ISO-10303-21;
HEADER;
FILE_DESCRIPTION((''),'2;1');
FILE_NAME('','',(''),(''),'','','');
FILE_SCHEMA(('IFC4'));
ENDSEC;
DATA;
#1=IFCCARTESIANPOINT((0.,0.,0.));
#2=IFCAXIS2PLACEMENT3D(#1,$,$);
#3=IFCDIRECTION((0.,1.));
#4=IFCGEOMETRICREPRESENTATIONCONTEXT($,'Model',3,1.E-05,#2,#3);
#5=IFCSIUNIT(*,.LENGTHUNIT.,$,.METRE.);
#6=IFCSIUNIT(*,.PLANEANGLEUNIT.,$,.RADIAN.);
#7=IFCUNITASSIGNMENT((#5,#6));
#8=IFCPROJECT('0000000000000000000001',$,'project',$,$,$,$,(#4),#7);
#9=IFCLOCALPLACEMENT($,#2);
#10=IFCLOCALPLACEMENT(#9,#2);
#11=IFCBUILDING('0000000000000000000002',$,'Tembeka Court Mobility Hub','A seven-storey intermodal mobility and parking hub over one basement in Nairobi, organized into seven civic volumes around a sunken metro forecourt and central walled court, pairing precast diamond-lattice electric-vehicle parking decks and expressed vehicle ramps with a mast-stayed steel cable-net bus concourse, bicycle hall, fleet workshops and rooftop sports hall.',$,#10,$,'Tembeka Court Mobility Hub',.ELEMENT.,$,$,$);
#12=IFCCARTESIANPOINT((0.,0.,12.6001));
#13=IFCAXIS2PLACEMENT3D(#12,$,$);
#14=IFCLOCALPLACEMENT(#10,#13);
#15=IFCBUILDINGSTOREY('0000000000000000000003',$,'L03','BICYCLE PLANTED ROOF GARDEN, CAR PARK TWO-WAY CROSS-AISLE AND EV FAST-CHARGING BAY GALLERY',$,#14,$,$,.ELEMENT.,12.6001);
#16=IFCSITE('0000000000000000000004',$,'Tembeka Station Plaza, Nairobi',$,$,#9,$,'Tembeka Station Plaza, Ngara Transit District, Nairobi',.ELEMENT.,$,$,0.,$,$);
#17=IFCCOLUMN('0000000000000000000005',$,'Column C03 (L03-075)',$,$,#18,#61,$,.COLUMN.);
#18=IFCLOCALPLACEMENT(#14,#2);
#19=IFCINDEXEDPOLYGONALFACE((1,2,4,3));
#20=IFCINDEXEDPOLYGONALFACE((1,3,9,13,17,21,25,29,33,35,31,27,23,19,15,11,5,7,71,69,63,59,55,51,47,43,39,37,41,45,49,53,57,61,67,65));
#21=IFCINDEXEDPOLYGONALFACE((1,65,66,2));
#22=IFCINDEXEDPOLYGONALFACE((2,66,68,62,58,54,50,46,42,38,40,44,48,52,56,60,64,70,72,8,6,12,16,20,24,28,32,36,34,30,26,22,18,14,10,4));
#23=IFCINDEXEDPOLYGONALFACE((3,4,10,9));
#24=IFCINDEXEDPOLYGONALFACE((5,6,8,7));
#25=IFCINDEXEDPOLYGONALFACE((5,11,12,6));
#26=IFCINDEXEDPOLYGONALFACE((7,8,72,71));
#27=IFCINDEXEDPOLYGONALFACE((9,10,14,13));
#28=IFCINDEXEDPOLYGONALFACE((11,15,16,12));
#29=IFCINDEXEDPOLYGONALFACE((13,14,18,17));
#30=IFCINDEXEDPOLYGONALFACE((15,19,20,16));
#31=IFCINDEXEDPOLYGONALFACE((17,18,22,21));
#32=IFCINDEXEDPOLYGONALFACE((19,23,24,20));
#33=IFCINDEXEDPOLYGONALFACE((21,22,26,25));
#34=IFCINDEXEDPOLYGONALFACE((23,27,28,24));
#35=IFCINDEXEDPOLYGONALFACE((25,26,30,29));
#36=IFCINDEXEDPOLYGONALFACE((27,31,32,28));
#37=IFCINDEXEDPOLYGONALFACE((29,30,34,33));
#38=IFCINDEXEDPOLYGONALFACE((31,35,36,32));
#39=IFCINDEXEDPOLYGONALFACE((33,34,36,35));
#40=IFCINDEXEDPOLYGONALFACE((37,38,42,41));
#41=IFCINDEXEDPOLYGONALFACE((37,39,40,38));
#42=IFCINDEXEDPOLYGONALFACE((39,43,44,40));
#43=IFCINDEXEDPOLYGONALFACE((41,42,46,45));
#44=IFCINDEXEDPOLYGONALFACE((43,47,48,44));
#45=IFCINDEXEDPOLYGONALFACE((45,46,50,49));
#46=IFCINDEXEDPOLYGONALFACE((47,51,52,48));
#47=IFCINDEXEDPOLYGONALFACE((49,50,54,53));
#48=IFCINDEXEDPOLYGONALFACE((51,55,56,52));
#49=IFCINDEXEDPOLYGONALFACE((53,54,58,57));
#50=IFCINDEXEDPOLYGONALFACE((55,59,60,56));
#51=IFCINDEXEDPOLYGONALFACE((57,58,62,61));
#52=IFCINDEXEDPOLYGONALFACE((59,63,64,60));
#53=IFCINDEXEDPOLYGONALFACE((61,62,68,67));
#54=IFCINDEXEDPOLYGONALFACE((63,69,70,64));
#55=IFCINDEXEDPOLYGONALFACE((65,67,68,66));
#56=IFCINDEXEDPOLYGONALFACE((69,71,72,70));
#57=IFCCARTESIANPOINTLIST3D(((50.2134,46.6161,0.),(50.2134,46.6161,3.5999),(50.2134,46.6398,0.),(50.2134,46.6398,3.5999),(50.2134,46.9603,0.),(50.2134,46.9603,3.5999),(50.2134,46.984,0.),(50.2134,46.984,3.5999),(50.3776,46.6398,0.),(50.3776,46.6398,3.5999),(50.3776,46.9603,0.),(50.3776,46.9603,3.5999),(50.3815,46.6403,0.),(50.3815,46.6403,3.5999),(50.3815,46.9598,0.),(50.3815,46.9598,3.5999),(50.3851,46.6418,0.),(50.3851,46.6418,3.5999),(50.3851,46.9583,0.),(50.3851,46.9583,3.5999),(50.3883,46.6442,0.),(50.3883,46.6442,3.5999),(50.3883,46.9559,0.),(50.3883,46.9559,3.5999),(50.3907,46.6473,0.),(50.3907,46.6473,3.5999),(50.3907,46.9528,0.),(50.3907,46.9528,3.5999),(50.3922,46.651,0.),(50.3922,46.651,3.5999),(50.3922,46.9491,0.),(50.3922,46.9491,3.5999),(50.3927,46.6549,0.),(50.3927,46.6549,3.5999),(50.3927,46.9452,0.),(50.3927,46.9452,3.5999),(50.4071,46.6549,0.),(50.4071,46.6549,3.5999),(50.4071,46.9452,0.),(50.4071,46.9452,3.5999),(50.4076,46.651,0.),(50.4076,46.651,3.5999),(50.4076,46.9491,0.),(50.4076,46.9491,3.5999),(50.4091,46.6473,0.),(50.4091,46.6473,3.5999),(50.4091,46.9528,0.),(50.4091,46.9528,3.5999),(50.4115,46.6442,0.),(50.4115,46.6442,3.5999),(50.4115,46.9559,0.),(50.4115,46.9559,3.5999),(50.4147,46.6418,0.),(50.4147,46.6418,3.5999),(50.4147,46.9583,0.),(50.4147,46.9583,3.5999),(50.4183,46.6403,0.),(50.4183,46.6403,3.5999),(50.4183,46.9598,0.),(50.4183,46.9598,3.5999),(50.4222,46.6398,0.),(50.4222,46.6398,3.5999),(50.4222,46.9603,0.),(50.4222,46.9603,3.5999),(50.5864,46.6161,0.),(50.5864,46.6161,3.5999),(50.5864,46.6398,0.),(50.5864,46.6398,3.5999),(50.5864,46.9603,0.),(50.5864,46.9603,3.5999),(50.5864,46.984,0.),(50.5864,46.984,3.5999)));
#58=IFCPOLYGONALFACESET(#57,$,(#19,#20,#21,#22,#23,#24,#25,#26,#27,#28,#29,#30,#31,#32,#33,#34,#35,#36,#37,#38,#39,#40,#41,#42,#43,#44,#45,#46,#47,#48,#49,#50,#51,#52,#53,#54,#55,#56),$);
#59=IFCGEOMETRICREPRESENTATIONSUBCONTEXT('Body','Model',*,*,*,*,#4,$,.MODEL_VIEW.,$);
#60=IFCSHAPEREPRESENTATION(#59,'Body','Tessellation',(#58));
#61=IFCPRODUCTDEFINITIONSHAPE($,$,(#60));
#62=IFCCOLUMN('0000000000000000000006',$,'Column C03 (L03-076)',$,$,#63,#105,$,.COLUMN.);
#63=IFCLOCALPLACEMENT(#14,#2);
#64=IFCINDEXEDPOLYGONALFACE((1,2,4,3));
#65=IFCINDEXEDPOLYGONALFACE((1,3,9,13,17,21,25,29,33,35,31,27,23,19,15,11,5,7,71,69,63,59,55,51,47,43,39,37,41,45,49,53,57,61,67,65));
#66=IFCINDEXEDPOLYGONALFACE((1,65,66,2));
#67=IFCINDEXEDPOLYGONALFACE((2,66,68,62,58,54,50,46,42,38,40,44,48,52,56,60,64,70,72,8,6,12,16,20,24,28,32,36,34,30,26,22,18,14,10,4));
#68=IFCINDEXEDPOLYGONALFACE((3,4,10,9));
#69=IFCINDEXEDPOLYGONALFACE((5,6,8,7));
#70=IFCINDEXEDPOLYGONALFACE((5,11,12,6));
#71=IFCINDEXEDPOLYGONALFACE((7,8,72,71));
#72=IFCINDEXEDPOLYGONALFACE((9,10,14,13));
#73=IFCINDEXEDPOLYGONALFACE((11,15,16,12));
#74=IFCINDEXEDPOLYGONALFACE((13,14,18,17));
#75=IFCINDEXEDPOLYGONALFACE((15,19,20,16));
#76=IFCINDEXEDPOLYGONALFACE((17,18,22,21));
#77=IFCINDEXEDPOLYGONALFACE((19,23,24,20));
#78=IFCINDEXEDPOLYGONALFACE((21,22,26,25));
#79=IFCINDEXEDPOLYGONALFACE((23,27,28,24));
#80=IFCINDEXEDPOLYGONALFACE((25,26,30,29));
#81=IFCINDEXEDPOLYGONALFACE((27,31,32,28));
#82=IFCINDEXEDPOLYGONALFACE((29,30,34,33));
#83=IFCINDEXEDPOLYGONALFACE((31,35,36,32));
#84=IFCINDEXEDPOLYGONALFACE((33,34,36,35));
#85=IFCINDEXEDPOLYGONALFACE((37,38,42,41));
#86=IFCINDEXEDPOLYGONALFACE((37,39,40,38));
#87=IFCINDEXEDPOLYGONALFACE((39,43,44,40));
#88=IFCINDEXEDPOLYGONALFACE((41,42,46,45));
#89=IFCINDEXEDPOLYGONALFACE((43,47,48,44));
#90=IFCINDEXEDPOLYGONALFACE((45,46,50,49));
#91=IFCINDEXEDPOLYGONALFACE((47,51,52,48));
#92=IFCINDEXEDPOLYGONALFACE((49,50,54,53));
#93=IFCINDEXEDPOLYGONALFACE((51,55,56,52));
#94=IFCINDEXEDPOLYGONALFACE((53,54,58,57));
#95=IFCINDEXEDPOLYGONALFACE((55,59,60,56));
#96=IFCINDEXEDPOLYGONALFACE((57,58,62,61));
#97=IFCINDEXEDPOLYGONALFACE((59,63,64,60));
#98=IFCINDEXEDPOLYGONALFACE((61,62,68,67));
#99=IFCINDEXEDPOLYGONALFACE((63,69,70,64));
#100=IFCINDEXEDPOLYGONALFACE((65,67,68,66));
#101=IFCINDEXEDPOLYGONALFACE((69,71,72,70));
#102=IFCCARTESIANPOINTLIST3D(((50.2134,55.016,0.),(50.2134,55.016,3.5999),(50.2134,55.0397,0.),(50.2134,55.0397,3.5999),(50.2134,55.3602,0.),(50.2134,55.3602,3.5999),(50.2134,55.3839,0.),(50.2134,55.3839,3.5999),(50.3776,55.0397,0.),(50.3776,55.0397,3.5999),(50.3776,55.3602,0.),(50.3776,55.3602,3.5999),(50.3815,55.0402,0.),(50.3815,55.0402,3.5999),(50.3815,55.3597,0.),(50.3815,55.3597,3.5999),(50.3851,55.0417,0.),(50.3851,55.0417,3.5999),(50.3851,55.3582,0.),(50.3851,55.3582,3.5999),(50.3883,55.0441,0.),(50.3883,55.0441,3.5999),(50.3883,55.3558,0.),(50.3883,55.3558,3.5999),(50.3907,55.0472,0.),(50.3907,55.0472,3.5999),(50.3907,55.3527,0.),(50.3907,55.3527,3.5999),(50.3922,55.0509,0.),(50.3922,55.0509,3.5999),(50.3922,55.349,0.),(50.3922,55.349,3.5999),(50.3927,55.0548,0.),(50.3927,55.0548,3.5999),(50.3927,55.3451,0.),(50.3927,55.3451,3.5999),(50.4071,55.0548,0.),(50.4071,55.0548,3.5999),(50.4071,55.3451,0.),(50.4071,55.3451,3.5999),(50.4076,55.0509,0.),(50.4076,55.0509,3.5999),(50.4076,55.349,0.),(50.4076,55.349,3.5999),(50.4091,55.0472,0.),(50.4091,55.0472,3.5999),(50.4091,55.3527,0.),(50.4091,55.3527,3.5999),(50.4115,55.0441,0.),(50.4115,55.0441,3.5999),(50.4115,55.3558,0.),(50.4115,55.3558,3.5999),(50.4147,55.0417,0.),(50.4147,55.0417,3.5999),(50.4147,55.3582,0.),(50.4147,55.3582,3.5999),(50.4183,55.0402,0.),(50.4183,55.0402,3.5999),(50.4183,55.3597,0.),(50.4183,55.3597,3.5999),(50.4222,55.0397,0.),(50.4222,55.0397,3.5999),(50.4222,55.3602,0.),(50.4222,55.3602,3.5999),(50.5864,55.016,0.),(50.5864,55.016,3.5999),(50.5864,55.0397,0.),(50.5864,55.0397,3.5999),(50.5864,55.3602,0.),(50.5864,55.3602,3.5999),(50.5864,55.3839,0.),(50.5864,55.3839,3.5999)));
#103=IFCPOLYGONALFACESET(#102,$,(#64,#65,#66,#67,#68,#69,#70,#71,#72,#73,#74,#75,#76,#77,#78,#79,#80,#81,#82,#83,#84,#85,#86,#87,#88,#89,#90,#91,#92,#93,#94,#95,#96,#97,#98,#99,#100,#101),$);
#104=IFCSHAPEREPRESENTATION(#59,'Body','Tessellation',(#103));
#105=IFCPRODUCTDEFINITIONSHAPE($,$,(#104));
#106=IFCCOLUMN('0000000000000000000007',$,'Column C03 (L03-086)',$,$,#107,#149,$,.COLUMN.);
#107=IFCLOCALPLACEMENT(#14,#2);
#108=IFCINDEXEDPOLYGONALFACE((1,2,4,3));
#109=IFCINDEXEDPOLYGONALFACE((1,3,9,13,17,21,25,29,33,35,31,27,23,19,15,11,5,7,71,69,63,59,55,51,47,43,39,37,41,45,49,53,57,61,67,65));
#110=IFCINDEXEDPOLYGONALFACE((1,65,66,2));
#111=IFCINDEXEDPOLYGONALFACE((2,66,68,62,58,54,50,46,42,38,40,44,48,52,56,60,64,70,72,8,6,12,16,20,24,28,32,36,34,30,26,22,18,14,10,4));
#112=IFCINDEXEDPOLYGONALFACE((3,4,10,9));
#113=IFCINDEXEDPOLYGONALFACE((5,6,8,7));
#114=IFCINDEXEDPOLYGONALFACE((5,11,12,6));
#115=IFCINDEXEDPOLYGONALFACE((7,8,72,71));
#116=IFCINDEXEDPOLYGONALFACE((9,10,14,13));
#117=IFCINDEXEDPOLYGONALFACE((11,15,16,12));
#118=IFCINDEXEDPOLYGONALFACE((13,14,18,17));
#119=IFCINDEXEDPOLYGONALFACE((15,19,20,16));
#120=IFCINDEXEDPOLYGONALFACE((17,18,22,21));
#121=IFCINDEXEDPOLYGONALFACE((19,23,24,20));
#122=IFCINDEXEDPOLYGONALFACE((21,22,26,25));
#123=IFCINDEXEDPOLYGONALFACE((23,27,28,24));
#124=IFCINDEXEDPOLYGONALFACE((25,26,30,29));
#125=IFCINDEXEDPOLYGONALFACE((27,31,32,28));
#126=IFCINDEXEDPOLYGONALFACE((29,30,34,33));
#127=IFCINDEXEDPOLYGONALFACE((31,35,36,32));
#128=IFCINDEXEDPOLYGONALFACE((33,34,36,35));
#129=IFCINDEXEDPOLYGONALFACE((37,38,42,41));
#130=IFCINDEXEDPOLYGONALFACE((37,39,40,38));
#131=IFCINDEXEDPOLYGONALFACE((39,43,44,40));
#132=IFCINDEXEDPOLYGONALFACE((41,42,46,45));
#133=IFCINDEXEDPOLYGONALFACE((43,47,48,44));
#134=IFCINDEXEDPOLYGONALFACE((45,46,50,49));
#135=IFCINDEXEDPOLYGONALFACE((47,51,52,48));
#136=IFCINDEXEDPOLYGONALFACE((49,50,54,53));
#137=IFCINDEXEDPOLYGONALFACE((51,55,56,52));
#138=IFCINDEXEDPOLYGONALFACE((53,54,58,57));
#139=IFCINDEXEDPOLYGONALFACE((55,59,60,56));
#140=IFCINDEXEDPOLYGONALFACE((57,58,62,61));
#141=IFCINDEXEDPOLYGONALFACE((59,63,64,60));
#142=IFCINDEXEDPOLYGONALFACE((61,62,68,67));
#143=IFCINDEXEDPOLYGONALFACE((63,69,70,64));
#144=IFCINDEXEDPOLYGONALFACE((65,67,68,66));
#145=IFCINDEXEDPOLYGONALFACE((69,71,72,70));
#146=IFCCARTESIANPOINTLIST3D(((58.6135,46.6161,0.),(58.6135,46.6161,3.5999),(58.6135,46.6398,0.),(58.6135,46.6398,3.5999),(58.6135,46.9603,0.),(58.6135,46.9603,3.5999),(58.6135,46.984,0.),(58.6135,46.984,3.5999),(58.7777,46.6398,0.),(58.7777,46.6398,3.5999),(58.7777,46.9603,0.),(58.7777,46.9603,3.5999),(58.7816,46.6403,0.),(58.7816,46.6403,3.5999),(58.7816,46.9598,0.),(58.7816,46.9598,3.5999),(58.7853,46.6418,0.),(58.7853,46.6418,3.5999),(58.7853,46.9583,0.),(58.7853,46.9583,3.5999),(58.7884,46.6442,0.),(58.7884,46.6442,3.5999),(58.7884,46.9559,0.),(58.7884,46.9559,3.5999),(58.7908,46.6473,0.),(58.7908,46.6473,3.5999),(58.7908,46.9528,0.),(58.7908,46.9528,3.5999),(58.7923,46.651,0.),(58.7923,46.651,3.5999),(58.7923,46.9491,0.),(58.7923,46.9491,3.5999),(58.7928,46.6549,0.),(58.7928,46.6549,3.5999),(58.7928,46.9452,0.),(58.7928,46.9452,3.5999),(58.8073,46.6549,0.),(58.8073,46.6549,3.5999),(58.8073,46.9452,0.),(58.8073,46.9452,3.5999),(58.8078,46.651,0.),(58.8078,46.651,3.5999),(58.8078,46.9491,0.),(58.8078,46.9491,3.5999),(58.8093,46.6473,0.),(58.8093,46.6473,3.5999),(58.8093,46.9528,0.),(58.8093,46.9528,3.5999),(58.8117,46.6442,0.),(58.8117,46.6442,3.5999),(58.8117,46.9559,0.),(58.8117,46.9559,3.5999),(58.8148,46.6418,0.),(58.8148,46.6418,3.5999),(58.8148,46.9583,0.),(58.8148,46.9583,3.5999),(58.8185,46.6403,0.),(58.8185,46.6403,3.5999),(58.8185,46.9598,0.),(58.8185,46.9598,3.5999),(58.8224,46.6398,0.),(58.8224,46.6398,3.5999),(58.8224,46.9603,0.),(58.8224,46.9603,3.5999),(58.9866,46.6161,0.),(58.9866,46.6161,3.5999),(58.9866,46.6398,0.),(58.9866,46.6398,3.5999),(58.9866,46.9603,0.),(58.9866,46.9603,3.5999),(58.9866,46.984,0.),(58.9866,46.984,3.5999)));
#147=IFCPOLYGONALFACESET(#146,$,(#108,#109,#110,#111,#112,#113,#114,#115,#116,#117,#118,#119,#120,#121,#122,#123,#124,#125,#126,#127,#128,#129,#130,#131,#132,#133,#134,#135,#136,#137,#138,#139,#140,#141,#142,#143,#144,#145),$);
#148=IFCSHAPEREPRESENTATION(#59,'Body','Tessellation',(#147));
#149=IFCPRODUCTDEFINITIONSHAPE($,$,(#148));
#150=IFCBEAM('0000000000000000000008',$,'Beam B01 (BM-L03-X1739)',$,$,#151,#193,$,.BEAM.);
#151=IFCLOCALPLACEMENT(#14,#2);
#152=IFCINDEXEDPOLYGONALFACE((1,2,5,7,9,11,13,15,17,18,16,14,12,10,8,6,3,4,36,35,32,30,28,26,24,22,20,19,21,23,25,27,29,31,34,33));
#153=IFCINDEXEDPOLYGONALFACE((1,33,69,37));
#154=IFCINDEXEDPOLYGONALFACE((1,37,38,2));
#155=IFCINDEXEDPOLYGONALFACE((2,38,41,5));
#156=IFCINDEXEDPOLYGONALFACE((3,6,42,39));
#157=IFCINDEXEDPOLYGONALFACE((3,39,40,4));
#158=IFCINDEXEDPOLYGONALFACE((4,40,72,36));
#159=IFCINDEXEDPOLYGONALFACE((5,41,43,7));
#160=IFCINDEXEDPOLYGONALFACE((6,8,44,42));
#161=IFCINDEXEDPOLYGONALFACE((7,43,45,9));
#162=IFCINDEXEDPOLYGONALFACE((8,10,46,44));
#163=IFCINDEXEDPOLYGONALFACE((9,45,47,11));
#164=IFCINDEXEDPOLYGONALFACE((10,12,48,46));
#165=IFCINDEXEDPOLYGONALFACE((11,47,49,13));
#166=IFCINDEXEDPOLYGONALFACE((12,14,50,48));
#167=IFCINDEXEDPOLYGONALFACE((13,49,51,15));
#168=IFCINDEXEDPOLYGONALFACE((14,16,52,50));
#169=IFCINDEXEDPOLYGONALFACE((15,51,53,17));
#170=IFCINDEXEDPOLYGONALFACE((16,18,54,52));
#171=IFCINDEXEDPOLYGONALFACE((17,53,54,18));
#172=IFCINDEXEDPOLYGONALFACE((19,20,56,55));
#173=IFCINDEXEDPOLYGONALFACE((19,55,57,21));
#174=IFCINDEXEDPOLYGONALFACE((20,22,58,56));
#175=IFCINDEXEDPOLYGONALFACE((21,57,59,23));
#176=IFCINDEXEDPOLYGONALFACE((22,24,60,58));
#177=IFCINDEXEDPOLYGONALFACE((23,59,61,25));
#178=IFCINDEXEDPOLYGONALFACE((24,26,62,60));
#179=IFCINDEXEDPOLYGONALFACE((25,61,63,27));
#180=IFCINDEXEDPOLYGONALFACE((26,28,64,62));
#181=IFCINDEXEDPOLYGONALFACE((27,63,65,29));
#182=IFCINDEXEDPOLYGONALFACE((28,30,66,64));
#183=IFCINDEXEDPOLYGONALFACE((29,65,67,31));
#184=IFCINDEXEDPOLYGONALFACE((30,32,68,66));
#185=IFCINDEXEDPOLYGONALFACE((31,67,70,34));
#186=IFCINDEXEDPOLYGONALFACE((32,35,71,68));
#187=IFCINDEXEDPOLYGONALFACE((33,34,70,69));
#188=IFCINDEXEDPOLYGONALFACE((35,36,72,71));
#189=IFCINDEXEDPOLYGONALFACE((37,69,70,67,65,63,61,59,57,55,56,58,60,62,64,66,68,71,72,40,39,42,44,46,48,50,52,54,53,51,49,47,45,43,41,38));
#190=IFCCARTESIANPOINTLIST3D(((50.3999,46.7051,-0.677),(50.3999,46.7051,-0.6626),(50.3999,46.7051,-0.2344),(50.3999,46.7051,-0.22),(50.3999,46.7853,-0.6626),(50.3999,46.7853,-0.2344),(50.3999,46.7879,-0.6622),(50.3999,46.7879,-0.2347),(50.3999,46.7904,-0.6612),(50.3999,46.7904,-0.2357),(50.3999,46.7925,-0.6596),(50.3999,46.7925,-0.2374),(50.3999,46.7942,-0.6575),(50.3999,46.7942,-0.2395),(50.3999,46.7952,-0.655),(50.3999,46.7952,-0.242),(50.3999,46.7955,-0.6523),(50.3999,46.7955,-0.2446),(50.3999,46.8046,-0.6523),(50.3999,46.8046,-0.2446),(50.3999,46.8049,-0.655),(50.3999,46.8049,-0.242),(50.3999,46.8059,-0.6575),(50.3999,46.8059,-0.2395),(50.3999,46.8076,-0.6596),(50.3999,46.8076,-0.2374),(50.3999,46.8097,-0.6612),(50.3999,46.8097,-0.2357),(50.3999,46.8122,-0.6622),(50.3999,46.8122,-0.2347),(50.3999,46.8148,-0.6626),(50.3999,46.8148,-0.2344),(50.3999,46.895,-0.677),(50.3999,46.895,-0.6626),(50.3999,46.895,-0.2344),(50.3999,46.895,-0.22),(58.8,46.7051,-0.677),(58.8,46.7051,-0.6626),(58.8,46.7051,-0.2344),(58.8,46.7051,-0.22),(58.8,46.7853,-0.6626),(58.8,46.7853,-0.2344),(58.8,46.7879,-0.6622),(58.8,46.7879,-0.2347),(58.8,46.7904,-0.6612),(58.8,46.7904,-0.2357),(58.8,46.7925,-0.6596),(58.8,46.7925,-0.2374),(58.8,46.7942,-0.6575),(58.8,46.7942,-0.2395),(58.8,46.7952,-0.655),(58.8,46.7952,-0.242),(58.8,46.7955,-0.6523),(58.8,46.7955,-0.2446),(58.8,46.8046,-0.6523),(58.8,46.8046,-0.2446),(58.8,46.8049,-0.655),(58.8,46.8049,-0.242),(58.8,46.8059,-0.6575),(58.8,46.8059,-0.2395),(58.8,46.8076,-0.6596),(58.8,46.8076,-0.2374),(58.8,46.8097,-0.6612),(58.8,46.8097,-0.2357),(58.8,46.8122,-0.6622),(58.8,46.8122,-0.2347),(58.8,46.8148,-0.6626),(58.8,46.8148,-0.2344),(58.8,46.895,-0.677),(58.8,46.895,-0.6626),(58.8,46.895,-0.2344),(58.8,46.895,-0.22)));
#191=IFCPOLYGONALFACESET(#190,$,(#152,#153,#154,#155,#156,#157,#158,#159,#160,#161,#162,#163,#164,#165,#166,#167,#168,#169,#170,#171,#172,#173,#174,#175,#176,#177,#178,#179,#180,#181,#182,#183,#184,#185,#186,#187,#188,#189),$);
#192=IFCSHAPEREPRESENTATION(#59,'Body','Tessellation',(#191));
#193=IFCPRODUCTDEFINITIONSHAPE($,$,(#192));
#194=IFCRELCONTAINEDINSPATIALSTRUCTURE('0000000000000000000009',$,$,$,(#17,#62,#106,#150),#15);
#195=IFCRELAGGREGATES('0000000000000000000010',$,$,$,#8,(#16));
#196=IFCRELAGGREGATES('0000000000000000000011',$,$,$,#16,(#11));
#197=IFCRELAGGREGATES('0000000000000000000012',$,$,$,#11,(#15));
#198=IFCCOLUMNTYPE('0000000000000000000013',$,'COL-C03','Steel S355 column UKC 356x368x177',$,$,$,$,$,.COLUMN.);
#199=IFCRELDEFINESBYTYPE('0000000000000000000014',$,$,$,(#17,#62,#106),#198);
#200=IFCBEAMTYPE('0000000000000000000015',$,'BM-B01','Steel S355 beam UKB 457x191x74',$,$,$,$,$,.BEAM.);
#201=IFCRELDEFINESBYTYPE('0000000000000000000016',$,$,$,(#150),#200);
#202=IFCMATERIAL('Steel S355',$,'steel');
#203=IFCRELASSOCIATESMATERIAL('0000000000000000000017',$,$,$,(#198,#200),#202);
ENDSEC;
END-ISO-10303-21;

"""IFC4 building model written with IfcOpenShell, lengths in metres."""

from ifc_helpers import new_model, si_unit, direction, frame, origin, origin_2d, place, context, subcontext, project, spatial, i_section, extrude, material, material_profile, profile_set, type_object, element, save


model = new_model("IFC4")

# Units and contexts
model_context = context("Model", 3, precision=1e-05, world=origin(), true_north=direction((0.0, 1.0)))
body_context = subcontext(model_context, "Body", "Model", "MODEL_VIEW")
ifc_project = project(units=[si_unit("LENGTHUNIT", "METRE"), si_unit("PLANEANGLEUNIT", "RADIAN")], contexts=[model_context])

# Site, building, storey
site_placement = place(None, origin())
site = spatial("IfcSite", under=ifc_project, at=site_placement, Name="Tembeka Station Plaza, Nairobi", LongName="Tembeka Station Plaza, Ngara Transit District, Nairobi", CompositionType="ELEMENT", RefElevation=0.0)
building_placement = place(site_placement, origin())
building = spatial("IfcBuilding", under=site, at=building_placement, Name="Tembeka Court Mobility Hub", Description="A seven-storey intermodal mobility and parking hub over one basement in Nairobi, organized into seven civic volumes around a sunken metro forecourt and central walled court, pairing precast diamond-lattice electric-vehicle parking decks and expressed vehicle ramps with a mast-stayed steel cable-net bus concourse, bicycle hall, fleet workshops and rooftop sports hall.", LongName="Tembeka Court Mobility Hub", CompositionType="ELEMENT")
storey_placement = place(building_placement, frame((0.0, 0.0, 12.6001)))
storey = spatial("IfcBuildingStorey", under=building, at=storey_placement, Name="L03", Description="BICYCLE PLANTED ROOF GARDEN, CAR PARK TWO-WAY CROSS-AISLE AND EV FAST-CHARGING BAY GALLERY", CompositionType="ELEMENT", Elevation=12.6001)

# Columns
ifc_material_1 = material(Name="Steel S355", Category="steel")
ifc_material_profile_1 = material_profile(ifc_material_1, i_section(OverallWidth=0.373, OverallDepth=0.3679, WebThickness=0.0144, FlangeThickness=0.0237, FilletRadius=0.0151, at=origin_2d()), Name="UKC 356x368x177")
ifc_profile_set_1 = profile_set([ifc_material_profile_1], Name="Steel S355")
column_type = type_object("IfcColumnType", Name="COL-C03", Description="Steel S355 column UKC 356x368x177", PredefinedType="COLUMN", material=ifc_profile_set_1)
for number, where, z_axis, x_axis, name in (
    (1, (50.3999, 46.8, 0.0), (0.0, 0.0, 1.0), (1.0, 0.0, 0.0), "Column C03 (L03-075)"),
    (2, (50.3999, 55.2, 0.0), (0.0, 0.0, 1.0), (1.0, 0.0, 0.0), "Column C03 (L03-076)"),
    (3, (58.8, 46.8, 0.0), (0.0, 0.0, 1.0), (1.0, 0.0, 0.0), "Column C03 (L03-086)"),
):
    element("IfcColumn", number, at=place(storey_placement, frame(where, z_axis=z_axis, x_axis=x_axis)), inside=storey, type_object=column_type, Name=name, PredefinedType="COLUMN", context=body_context, shape_type="SweptSolid", body=[
        extrude(i_section(OverallWidth=0.373, OverallDepth=0.3679, WebThickness=0.0144, FlangeThickness=0.0237, FilletRadius=0.0151, at=origin_2d()), origin(), (0.0, 0.0, 1.0), 3.5999),
    ])

# Beam
ifc_material_profile_2 = material_profile(ifc_material_1, i_section(OverallWidth=0.1899, OverallDepth=0.457, WebThickness=0.009, FlangeThickness=0.0144, FilletRadius=0.0103, at=origin_2d()), Name="UKB 457x191x74")
ifc_profile_set_2 = profile_set([ifc_material_profile_2], Name="Steel S355")
beam_type_1 = type_object("IfcBeamType", Name="BM-B01", Description="Steel S355 beam UKB 457x191x74", PredefinedType="BEAM", material=ifc_profile_set_2)
beam_1_placement = place(storey_placement, frame((50.3999, 46.8, -0.4485), z_axis=(1.0, 0.0, 0.0), x_axis=(0.0, 1.0, 0.0)))
element("IfcBeam", 4, at=beam_1_placement, inside=storey, type_object=beam_type_1, Name="Beam B01 (BM-L03-X1739)", PredefinedType="BEAM", context=body_context, shape_type="SweptSolid", body=[
    extrude(i_section(OverallWidth=0.1899, OverallDepth=0.457, WebThickness=0.009, FlangeThickness=0.0144, FilletRadius=0.0103, at=origin_2d()), origin(), (0.0, 0.0, 1.0), 8.4001),
])

save(model, "model.ifc")
